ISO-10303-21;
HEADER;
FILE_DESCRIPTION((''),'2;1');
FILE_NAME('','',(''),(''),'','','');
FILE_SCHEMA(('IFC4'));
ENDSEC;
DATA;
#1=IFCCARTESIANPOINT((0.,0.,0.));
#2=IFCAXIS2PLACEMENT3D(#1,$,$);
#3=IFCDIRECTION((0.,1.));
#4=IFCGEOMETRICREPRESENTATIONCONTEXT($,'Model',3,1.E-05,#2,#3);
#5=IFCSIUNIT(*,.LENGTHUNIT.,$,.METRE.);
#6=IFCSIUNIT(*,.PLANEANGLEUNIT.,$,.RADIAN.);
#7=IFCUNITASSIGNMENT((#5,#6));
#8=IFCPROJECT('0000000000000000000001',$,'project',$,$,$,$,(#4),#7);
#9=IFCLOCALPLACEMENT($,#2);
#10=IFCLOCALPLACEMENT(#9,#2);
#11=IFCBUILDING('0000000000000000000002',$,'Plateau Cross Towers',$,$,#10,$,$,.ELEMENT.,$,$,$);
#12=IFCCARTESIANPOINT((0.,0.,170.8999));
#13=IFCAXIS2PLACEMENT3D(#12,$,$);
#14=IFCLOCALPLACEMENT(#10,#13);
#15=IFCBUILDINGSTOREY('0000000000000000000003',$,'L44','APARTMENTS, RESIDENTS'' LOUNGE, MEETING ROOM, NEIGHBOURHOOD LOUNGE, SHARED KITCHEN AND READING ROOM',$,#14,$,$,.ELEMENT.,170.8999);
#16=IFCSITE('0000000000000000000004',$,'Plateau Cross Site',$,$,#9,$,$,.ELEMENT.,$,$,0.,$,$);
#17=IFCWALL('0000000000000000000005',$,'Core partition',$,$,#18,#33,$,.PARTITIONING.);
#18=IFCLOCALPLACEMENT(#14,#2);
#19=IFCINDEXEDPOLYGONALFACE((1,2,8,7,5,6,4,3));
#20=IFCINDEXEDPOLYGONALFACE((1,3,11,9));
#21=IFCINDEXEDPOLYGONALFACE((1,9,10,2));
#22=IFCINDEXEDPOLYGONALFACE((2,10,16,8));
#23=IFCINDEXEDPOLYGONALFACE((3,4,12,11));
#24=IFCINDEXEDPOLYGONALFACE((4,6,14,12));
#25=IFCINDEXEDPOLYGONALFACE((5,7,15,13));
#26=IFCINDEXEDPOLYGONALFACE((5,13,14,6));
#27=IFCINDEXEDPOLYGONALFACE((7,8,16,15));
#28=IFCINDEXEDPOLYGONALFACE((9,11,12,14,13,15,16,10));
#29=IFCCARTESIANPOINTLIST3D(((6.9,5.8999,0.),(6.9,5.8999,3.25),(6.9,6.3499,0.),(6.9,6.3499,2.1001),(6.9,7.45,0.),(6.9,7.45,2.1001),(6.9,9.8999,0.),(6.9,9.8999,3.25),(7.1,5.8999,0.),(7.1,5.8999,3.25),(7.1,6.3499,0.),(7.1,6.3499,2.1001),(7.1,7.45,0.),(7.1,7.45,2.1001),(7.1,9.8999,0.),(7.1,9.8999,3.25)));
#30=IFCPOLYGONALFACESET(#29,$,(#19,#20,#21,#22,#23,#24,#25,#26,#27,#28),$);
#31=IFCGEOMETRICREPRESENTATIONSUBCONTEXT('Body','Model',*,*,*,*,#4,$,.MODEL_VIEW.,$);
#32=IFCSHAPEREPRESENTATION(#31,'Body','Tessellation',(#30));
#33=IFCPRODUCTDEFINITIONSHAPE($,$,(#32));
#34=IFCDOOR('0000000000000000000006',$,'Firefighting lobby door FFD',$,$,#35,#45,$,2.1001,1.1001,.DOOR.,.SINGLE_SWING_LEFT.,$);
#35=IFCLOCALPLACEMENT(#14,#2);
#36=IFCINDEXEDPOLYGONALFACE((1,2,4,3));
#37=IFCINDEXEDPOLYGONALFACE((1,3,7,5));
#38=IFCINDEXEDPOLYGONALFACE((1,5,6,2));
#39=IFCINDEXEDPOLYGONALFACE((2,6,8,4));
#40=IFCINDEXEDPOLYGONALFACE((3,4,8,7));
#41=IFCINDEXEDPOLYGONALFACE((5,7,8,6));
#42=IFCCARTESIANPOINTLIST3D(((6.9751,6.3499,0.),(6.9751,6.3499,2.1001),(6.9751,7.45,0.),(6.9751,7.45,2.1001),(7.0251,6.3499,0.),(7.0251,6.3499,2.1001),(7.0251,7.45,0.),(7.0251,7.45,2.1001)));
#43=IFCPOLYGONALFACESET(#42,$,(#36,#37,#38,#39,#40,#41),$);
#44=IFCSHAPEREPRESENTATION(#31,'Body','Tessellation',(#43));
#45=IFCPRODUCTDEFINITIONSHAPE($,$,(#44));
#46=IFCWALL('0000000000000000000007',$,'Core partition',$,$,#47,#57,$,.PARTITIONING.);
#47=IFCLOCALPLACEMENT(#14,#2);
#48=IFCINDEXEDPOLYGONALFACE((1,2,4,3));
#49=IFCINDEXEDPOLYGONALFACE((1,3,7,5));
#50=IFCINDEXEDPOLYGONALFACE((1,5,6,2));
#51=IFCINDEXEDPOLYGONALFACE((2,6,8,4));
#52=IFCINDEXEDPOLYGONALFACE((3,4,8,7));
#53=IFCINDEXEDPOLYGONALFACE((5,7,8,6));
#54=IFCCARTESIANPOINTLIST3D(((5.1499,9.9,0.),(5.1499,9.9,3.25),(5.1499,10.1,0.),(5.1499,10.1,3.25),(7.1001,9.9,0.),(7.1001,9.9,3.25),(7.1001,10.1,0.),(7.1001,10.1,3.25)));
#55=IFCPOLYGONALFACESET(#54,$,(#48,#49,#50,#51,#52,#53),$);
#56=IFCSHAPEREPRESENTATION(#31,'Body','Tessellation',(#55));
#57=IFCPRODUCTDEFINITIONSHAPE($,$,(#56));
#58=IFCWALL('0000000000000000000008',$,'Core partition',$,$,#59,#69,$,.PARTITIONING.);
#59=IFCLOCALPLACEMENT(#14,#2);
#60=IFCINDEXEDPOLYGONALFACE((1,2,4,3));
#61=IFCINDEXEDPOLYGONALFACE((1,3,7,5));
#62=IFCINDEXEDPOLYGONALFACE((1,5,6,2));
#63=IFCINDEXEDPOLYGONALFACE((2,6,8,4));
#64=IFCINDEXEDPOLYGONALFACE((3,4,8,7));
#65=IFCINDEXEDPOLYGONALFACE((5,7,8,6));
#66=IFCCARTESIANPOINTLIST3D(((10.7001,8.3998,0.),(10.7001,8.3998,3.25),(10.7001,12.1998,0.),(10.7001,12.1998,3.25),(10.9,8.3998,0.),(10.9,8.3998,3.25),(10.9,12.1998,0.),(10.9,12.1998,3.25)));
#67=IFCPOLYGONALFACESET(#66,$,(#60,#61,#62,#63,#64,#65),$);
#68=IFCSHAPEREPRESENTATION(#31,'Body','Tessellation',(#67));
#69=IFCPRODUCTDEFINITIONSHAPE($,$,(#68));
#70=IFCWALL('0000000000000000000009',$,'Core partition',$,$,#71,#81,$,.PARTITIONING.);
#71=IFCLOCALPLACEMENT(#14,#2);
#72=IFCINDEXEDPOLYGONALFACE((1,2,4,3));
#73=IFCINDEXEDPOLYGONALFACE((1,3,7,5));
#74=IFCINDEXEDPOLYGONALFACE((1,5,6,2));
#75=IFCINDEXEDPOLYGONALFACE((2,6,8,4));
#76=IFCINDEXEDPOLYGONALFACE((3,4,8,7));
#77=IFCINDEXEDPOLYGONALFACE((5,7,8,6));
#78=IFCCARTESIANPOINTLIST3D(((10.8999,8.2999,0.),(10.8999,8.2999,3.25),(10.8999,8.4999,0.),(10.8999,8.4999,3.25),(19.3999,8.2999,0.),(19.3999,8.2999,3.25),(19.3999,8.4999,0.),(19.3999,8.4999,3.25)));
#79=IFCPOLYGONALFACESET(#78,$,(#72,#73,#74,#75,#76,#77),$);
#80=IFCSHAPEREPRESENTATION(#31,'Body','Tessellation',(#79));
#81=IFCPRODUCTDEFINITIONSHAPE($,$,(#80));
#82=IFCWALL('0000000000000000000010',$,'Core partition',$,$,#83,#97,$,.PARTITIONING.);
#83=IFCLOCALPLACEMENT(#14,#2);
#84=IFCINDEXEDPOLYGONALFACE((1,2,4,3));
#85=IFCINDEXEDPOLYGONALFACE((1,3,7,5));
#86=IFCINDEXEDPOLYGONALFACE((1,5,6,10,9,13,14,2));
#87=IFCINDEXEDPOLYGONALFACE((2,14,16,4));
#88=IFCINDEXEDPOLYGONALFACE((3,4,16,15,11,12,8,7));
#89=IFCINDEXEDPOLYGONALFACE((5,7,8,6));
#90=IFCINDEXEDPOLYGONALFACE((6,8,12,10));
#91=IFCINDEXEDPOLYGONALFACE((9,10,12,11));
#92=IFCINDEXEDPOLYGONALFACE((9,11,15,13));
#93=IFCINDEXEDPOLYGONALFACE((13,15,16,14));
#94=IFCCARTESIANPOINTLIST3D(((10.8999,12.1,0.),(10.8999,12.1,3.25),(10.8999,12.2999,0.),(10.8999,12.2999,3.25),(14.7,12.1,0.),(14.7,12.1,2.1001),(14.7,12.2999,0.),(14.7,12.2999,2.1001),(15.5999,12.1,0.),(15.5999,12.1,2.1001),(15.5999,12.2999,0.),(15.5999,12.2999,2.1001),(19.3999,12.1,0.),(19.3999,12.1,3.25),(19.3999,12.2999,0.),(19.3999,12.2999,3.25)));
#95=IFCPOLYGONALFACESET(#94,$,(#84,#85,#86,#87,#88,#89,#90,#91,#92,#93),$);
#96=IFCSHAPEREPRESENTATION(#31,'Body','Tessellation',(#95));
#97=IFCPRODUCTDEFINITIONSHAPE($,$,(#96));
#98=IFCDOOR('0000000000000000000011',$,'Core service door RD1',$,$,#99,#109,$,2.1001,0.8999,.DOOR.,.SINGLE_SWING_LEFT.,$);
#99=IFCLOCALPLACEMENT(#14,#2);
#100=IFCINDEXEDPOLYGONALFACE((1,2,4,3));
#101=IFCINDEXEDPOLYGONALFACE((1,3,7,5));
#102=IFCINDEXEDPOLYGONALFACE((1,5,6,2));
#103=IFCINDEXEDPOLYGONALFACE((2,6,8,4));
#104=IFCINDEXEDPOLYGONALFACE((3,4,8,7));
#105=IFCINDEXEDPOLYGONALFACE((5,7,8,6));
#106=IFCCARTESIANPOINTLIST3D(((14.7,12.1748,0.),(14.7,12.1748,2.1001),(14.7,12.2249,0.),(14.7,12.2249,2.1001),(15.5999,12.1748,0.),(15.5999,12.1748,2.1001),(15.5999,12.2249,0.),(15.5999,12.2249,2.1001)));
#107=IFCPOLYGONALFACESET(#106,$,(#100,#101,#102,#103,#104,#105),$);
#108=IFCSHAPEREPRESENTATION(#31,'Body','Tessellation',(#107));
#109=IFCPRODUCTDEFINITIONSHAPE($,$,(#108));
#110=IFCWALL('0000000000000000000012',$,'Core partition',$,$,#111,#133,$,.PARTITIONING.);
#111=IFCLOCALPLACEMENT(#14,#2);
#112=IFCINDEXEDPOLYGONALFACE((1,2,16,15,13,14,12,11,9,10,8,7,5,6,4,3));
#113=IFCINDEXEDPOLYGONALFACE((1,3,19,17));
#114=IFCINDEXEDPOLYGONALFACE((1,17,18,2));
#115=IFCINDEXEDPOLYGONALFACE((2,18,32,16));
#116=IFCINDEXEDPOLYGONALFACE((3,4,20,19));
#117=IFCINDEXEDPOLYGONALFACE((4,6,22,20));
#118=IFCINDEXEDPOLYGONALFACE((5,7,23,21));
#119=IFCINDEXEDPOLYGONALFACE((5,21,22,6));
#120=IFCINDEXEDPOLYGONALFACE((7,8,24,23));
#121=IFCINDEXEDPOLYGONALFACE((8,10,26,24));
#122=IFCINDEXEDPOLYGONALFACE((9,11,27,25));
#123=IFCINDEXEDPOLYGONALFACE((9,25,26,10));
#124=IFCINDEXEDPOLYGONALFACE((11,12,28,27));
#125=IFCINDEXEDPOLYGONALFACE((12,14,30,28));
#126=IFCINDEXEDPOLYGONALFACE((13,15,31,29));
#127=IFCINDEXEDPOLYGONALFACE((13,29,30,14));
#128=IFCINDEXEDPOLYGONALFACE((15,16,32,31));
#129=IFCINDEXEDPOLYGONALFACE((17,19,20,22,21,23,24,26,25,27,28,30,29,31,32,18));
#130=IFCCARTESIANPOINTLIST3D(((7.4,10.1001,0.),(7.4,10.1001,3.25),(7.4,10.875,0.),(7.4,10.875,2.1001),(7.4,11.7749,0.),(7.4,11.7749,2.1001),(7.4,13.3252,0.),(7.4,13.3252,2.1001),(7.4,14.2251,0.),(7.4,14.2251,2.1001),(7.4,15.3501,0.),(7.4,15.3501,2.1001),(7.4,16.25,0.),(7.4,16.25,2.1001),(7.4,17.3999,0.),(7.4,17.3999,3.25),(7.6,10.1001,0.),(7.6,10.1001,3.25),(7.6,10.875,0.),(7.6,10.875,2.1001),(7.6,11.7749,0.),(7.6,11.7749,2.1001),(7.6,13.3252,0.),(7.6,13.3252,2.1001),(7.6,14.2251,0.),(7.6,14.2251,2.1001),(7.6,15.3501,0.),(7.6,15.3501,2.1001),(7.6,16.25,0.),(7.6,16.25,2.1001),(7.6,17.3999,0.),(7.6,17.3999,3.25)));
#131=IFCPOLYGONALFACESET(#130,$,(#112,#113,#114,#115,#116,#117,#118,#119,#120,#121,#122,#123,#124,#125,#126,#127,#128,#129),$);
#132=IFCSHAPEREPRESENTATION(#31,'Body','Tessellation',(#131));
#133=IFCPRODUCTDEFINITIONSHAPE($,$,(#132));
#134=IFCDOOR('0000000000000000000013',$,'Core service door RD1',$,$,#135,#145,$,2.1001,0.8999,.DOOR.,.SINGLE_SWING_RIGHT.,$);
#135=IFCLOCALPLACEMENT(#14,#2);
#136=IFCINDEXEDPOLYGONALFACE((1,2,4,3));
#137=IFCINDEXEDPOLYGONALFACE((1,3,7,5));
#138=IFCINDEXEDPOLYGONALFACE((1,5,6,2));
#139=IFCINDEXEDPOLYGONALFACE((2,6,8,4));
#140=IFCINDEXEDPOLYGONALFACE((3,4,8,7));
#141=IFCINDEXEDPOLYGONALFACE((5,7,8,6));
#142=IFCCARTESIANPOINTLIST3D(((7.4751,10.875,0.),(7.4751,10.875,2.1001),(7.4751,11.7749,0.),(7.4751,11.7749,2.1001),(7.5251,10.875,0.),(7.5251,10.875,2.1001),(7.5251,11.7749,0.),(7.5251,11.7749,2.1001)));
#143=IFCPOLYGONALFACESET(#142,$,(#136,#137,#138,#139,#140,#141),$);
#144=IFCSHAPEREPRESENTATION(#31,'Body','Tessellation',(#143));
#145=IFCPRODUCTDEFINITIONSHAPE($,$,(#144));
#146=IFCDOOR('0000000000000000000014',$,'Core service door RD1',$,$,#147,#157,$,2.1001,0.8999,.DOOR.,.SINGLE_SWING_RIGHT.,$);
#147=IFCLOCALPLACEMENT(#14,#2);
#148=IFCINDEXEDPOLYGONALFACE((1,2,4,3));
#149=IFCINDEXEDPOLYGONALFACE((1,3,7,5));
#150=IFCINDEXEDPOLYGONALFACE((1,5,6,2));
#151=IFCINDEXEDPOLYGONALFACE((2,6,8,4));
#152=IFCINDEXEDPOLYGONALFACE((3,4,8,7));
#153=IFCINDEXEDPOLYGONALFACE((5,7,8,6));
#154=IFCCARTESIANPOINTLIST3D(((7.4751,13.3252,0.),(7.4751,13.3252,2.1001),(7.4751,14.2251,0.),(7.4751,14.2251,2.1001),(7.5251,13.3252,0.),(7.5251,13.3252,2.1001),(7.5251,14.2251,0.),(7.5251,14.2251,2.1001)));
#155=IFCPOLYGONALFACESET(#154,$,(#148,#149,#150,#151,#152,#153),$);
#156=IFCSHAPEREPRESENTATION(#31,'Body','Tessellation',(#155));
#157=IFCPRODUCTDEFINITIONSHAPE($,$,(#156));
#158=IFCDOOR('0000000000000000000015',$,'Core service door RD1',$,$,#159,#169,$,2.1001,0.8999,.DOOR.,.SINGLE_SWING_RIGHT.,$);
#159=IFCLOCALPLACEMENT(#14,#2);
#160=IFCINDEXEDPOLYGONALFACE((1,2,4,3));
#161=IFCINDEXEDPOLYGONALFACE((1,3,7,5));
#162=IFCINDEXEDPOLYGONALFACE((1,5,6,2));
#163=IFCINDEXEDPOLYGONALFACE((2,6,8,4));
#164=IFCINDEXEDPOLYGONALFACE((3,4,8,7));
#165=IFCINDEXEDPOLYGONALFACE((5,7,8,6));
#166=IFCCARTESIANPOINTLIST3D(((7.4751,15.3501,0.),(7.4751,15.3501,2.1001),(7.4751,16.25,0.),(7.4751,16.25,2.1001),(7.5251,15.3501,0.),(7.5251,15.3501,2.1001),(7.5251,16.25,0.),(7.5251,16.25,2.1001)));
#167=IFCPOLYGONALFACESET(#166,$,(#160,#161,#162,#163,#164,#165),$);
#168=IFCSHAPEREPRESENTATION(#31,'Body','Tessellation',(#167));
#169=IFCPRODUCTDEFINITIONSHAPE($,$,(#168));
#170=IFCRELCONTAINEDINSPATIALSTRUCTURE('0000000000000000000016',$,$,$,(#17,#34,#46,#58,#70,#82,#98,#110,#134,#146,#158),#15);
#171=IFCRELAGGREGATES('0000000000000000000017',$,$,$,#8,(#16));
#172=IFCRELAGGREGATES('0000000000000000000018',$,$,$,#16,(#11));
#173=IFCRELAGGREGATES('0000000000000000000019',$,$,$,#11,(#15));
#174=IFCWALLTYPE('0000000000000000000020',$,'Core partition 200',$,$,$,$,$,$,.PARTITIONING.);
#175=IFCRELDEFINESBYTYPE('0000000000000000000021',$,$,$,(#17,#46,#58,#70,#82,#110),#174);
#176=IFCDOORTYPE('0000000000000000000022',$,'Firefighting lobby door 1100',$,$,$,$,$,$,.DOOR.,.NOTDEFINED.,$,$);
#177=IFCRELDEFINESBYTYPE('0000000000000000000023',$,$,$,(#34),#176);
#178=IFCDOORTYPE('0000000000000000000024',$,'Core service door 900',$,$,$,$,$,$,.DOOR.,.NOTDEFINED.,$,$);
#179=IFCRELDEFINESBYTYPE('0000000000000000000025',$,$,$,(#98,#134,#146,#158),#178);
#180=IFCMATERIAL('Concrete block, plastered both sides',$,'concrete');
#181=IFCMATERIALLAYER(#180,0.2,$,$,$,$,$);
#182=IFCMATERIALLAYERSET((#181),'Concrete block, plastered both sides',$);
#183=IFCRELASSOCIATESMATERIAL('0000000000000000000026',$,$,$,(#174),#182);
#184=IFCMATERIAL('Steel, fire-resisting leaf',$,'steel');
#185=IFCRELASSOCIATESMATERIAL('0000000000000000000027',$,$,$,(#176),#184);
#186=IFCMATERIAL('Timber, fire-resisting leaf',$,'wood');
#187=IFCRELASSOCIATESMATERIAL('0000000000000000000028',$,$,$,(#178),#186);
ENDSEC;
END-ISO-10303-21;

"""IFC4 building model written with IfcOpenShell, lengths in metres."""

from ifc_helpers import new_model, si_unit, direction, frame, frame_2d, origin, place, context, subcontext, project, spatial, rectangle, extrude, material, layer, layer_set, type_object, element, fill, save


model = new_model("IFC4")

# Units and contexts
model_context = context("Model", 3, precision=1e-05, world=origin(), true_north=direction((0.0, 1.0)))
body_context = subcontext(model_context, "Body", "Model", "MODEL_VIEW")
ifc_project = project(units=[si_unit("LENGTHUNIT", "METRE"), si_unit("PLANEANGLEUNIT", "RADIAN")], contexts=[model_context])

# Site, building, storey
site_placement = place(None, origin())
site = spatial("IfcSite", under=ifc_project, at=site_placement, Name="Plateau Cross Site", CompositionType="ELEMENT", RefElevation=0.0)
building_placement = place(site_placement, origin())
building = spatial("IfcBuilding", under=site, at=building_placement, Name="Plateau Cross Towers", CompositionType="ELEMENT")
storey_placement = place(building_placement, frame((0.0, 0.0, 170.8999)))
storey = spatial("IfcBuildingStorey", under=building, at=storey_placement, Name="L44", Description="APARTMENTS, RESIDENTS' LOUNGE, MEETING ROOM, NEIGHBOURHOOD LOUNGE, SHARED KITCHEN AND READING ROOM", CompositionType="ELEMENT", Elevation=170.8999)

# Wall, opening, door
ifc_material_1 = material(Name="Concrete block, plastered both sides", Category="concrete")
ifc_layer_1 = layer(ifc_material_1, 0.2)
ifc_layer_set_1 = layer_set([ifc_layer_1], Name="Concrete block, plastered both sides")
wall_type_1 = type_object("IfcWallType", Name="Core partition 200", PredefinedType="PARTITIONING", material=ifc_layer_set_1)
wall_1_placement = place(storey_placement, frame((7.0, 5.8999, 0.0), z_axis=(0.0, 0.0, 1.0), x_axis=(0.0, 1.0, 0.0)))
wall_1 = element("IfcWall", 1, at=wall_1_placement, inside=storey, type_object=wall_type_1, Name="Core partition", PredefinedType="PARTITIONING", context=body_context, shape_type="SweptSolid", body=[
    extrude(rectangle(XDim=4.0, YDim=0.2, at=frame_2d((2.0, 0.0))), origin(), (0.0, 0.0, 1.0), 3.25),
])
opening_1_placement = place(wall_1_placement, frame((0.45, 0.0, 0.0)))
opening_1 = element("IfcOpeningElement", 2, at=opening_1_placement, cuts=wall_1, PredefinedType="OPENING", context=body_context, shape_type="SweptSolid", body=[
    extrude(rectangle(XDim=1.1001, YDim=2.1001, at=frame_2d((0.55, 1.05))), frame((0.0, 0.1099, 0.0), z_axis=(0.0, -1.0, 0.0), x_axis=(1.0, 0.0, 0.0)), (0.0, 0.0, 1.0), 0.22),
])
ifc_material_2 = material(Name="Steel, fire-resisting leaf", Category="steel")
door_type_1 = type_object("IfcDoorType", Name="Firefighting lobby door 1100", OperationType="NOTDEFINED", PredefinedType="DOOR", material=ifc_material_2)
door_1_placement = place(opening_1_placement, origin())
door_1 = element("IfcDoor", 3, at=door_1_placement, inside=storey, type_object=door_type_1, Name="Firefighting lobby door FFD", OperationType="SINGLE_SWING_LEFT", OverallHeight=2.1001, OverallWidth=1.1001, PredefinedType="DOOR", context=body_context, shape_type="SweptSolid", body=[
    extrude(rectangle(XDim=1.1001, YDim=2.1001, at=frame_2d((0.55, 1.05))), frame((0.0, 0.0249, 0.0), z_axis=(0.0, -1.0, 0.0), x_axis=(1.0, 0.0, 0.0)), (0.0, 0.0, 1.0), 0.05),
])
fill(opening_1, door_1)

# Walls
wall_2_placement = place(storey_placement, frame((5.1499, 10.0, 0.0), z_axis=(0.0, 0.0, 1.0), x_axis=(1.0, 0.0, 0.0)))
element("IfcWall", 4, at=wall_2_placement, inside=storey, type_object=wall_type_1, Name="Core partition", PredefinedType="PARTITIONING", context=body_context, shape_type="SweptSolid", body=[
    extrude(rectangle(XDim=1.9502, YDim=0.2, at=frame_2d((0.9751, 0.0))), origin(), (0.0, 0.0, 1.0), 3.25),
])
wall_3_placement = place(storey_placement, frame((10.8, 8.3999, 0.0), z_axis=(0.0, 0.0, 1.0), x_axis=(0.0, 1.0, 0.0)))
element("IfcWall", 5, at=wall_3_placement, inside=storey, type_object=wall_type_1, Name="Core partition", PredefinedType="PARTITIONING", context=body_context, shape_type="SweptSolid", body=[
    extrude(rectangle(XDim=3.8, YDim=0.2, at=frame_2d((1.8999, 0.0))), origin(), (0.0, 0.0, 1.0), 3.25),
])
wall_4_placement = place(storey_placement, frame((10.8999, 8.3999, 0.0), z_axis=(0.0, 0.0, 1.0), x_axis=(1.0, 0.0, 0.0)))
element("IfcWall", 6, at=wall_4_placement, inside=storey, type_object=wall_type_1, Name="Core partition", PredefinedType="PARTITIONING", context=body_context, shape_type="SweptSolid", body=[
    extrude(rectangle(XDim=8.5, YDim=0.2, at=frame_2d((4.25, 0.0))), origin(), (0.0, 0.0, 1.0), 3.25),
])

# Wall, opening, door
wall_5_placement = place(storey_placement, frame((10.8999, 12.2, 0.0), z_axis=(0.0, 0.0, 1.0), x_axis=(1.0, 0.0, 0.0)))
wall_5 = element("IfcWall", 7, at=wall_5_placement, inside=storey, type_object=wall_type_1, Name="Core partition", PredefinedType="PARTITIONING", context=body_context, shape_type="SweptSolid", body=[
    extrude(rectangle(XDim=8.5, YDim=0.2, at=frame_2d((4.25, 0.0))), origin(), (0.0, 0.0, 1.0), 3.25),
])
opening_2_placement = place(wall_5_placement, frame((3.8, 0.0, 0.0)))
opening_2 = element("IfcOpeningElement", 8, at=opening_2_placement, cuts=wall_5, PredefinedType="OPENING", context=body_context, shape_type="SweptSolid", body=[
    extrude(rectangle(XDim=0.8999, YDim=2.1001, at=frame_2d((0.45, 1.05))), frame((0.0, 0.1099, 0.0), z_axis=(0.0, -1.0, 0.0), x_axis=(1.0, 0.0, 0.0)), (0.0, 0.0, 1.0), 0.22),
])
ifc_material_3 = material(Name="Timber, fire-resisting leaf", Category="wood")
door_type_2 = type_object("IfcDoorType", Name="Core service door 900", OperationType="NOTDEFINED", PredefinedType="DOOR", material=ifc_material_3)
door_2_placement = place(opening_2_placement, origin())
door_2 = element("IfcDoor", 9, at=door_2_placement, inside=storey, type_object=door_type_2, Name="Core service door RD1", OperationType="SINGLE_SWING_LEFT", OverallHeight=2.1001, OverallWidth=0.8999, PredefinedType="DOOR", context=body_context, shape_type="SweptSolid", body=[
    extrude(rectangle(XDim=0.8999, YDim=2.1001, at=frame_2d((0.45, 1.05))), frame((0.0, 0.0249, 0.0), z_axis=(0.0, -1.0, 0.0), x_axis=(1.0, 0.0, 0.0)), (0.0, 0.0, 1.0), 0.05),
])
fill(opening_2, door_2)

# Wall, openings, doors
wall_6_placement = place(storey_placement, frame((7.5, 10.1001, 0.0), z_axis=(0.0, 0.0, 1.0), x_axis=(0.0, 1.0, 0.0)))
wall_6 = element("IfcWall", 10, at=wall_6_placement, inside=storey, type_object=wall_type_1, Name="Core partition", PredefinedType="PARTITIONING", context=body_context, shape_type="SweptSolid", body=[
    extrude(rectangle(XDim=7.2998, YDim=0.2, at=frame_2d((3.6499, 0.0))), origin(), (0.0, 0.0, 1.0), 3.25),
])
opening_3_placement = place(wall_6_placement, frame((0.7749, 0.0, 0.0)))
opening_3 = element("IfcOpeningElement", 11, at=opening_3_placement, cuts=wall_6, PredefinedType="OPENING", context=body_context, shape_type="SweptSolid", body=[
    extrude(rectangle(XDim=0.8999, YDim=2.1001, at=frame_2d((0.45, 1.05))), frame((0.0, 0.1099, 0.0), z_axis=(0.0, -1.0, 0.0), x_axis=(1.0, 0.0, 0.0)), (0.0, 0.0, 1.0), 0.22),
])
opening_4_placement = place(wall_6_placement, frame((3.2251, 0.0, 0.0)))
opening_4 = element("IfcOpeningElement", 12, at=opening_4_placement, cuts=wall_6, PredefinedType="OPENING", context=body_context, shape_type="SweptSolid", body=[
    extrude(rectangle(XDim=0.8999, YDim=2.1001, at=frame_2d((0.45, 1.05))), frame((0.0, 0.1099, 0.0), z_axis=(0.0, -1.0, 0.0), x_axis=(1.0, 0.0, 0.0)), (0.0, 0.0, 1.0), 0.22),
])
opening_5_placement = place(wall_6_placement, frame((5.25, 0.0, 0.0)))
opening_5 = element("IfcOpeningElement", 13, at=opening_5_placement, cuts=wall_6, PredefinedType="OPENING", context=body_context, shape_type="SweptSolid", body=[
    extrude(rectangle(XDim=0.8999, YDim=2.1001, at=frame_2d((0.45, 1.05))), frame((0.0, 0.1099, 0.0), z_axis=(0.0, -1.0, 0.0), x_axis=(1.0, 0.0, 0.0)), (0.0, 0.0, 1.0), 0.22),
])
door_3_placement = place(opening_3_placement, origin())
door_3 = element("IfcDoor", 14, at=door_3_placement, inside=storey, type_object=door_type_2, Name="Core service door RD1", OperationType="SINGLE_SWING_RIGHT", OverallHeight=2.1001, OverallWidth=0.8999, PredefinedType="DOOR", context=body_context, shape_type="SweptSolid", body=[
    extrude(rectangle(XDim=0.8999, YDim=2.1001, at=frame_2d((0.45, 1.05))), frame((0.0, 0.0249, 0.0), z_axis=(0.0, -1.0, 0.0), x_axis=(1.0, 0.0, 0.0)), (0.0, 0.0, 1.0), 0.05),
])
fill(opening_3, door_3)
door_4_placement = place(opening_4_placement, origin())
door_4 = element("IfcDoor", 15, at=door_4_placement, inside=storey, type_object=door_type_2, Name="Core service door RD1", OperationType="SINGLE_SWING_RIGHT", OverallHeight=2.1001, OverallWidth=0.8999, PredefinedType="DOOR", context=body_context, shape_type="SweptSolid", body=[
    extrude(rectangle(XDim=0.8999, YDim=2.1001, at=frame_2d((0.45, 1.05))), frame((0.0, 0.0249, 0.0), z_axis=(0.0, -1.0, 0.0), x_axis=(1.0, 0.0, 0.0)), (0.0, 0.0, 1.0), 0.05),
])
fill(opening_4, door_4)
door_5_placement = place(opening_5_placement, origin())
door_5 = element("IfcDoor", 16, at=door_5_placement, inside=storey, type_object=door_type_2, Name="Core service door RD1", OperationType="SINGLE_SWING_RIGHT", OverallHeight=2.1001, OverallWidth=0.8999, PredefinedType="DOOR", context=body_context, shape_type="SweptSolid", body=[
    extrude(rectangle(XDim=0.8999, YDim=2.1001, at=frame_2d((0.45, 1.05))), frame((0.0, 0.0249, 0.0), z_axis=(0.0, -1.0, 0.0), x_axis=(1.0, 0.0, 0.0)), (0.0, 0.0, 1.0), 0.05),
])
fill(opening_5, door_5)

save(model, "model.ifc")
